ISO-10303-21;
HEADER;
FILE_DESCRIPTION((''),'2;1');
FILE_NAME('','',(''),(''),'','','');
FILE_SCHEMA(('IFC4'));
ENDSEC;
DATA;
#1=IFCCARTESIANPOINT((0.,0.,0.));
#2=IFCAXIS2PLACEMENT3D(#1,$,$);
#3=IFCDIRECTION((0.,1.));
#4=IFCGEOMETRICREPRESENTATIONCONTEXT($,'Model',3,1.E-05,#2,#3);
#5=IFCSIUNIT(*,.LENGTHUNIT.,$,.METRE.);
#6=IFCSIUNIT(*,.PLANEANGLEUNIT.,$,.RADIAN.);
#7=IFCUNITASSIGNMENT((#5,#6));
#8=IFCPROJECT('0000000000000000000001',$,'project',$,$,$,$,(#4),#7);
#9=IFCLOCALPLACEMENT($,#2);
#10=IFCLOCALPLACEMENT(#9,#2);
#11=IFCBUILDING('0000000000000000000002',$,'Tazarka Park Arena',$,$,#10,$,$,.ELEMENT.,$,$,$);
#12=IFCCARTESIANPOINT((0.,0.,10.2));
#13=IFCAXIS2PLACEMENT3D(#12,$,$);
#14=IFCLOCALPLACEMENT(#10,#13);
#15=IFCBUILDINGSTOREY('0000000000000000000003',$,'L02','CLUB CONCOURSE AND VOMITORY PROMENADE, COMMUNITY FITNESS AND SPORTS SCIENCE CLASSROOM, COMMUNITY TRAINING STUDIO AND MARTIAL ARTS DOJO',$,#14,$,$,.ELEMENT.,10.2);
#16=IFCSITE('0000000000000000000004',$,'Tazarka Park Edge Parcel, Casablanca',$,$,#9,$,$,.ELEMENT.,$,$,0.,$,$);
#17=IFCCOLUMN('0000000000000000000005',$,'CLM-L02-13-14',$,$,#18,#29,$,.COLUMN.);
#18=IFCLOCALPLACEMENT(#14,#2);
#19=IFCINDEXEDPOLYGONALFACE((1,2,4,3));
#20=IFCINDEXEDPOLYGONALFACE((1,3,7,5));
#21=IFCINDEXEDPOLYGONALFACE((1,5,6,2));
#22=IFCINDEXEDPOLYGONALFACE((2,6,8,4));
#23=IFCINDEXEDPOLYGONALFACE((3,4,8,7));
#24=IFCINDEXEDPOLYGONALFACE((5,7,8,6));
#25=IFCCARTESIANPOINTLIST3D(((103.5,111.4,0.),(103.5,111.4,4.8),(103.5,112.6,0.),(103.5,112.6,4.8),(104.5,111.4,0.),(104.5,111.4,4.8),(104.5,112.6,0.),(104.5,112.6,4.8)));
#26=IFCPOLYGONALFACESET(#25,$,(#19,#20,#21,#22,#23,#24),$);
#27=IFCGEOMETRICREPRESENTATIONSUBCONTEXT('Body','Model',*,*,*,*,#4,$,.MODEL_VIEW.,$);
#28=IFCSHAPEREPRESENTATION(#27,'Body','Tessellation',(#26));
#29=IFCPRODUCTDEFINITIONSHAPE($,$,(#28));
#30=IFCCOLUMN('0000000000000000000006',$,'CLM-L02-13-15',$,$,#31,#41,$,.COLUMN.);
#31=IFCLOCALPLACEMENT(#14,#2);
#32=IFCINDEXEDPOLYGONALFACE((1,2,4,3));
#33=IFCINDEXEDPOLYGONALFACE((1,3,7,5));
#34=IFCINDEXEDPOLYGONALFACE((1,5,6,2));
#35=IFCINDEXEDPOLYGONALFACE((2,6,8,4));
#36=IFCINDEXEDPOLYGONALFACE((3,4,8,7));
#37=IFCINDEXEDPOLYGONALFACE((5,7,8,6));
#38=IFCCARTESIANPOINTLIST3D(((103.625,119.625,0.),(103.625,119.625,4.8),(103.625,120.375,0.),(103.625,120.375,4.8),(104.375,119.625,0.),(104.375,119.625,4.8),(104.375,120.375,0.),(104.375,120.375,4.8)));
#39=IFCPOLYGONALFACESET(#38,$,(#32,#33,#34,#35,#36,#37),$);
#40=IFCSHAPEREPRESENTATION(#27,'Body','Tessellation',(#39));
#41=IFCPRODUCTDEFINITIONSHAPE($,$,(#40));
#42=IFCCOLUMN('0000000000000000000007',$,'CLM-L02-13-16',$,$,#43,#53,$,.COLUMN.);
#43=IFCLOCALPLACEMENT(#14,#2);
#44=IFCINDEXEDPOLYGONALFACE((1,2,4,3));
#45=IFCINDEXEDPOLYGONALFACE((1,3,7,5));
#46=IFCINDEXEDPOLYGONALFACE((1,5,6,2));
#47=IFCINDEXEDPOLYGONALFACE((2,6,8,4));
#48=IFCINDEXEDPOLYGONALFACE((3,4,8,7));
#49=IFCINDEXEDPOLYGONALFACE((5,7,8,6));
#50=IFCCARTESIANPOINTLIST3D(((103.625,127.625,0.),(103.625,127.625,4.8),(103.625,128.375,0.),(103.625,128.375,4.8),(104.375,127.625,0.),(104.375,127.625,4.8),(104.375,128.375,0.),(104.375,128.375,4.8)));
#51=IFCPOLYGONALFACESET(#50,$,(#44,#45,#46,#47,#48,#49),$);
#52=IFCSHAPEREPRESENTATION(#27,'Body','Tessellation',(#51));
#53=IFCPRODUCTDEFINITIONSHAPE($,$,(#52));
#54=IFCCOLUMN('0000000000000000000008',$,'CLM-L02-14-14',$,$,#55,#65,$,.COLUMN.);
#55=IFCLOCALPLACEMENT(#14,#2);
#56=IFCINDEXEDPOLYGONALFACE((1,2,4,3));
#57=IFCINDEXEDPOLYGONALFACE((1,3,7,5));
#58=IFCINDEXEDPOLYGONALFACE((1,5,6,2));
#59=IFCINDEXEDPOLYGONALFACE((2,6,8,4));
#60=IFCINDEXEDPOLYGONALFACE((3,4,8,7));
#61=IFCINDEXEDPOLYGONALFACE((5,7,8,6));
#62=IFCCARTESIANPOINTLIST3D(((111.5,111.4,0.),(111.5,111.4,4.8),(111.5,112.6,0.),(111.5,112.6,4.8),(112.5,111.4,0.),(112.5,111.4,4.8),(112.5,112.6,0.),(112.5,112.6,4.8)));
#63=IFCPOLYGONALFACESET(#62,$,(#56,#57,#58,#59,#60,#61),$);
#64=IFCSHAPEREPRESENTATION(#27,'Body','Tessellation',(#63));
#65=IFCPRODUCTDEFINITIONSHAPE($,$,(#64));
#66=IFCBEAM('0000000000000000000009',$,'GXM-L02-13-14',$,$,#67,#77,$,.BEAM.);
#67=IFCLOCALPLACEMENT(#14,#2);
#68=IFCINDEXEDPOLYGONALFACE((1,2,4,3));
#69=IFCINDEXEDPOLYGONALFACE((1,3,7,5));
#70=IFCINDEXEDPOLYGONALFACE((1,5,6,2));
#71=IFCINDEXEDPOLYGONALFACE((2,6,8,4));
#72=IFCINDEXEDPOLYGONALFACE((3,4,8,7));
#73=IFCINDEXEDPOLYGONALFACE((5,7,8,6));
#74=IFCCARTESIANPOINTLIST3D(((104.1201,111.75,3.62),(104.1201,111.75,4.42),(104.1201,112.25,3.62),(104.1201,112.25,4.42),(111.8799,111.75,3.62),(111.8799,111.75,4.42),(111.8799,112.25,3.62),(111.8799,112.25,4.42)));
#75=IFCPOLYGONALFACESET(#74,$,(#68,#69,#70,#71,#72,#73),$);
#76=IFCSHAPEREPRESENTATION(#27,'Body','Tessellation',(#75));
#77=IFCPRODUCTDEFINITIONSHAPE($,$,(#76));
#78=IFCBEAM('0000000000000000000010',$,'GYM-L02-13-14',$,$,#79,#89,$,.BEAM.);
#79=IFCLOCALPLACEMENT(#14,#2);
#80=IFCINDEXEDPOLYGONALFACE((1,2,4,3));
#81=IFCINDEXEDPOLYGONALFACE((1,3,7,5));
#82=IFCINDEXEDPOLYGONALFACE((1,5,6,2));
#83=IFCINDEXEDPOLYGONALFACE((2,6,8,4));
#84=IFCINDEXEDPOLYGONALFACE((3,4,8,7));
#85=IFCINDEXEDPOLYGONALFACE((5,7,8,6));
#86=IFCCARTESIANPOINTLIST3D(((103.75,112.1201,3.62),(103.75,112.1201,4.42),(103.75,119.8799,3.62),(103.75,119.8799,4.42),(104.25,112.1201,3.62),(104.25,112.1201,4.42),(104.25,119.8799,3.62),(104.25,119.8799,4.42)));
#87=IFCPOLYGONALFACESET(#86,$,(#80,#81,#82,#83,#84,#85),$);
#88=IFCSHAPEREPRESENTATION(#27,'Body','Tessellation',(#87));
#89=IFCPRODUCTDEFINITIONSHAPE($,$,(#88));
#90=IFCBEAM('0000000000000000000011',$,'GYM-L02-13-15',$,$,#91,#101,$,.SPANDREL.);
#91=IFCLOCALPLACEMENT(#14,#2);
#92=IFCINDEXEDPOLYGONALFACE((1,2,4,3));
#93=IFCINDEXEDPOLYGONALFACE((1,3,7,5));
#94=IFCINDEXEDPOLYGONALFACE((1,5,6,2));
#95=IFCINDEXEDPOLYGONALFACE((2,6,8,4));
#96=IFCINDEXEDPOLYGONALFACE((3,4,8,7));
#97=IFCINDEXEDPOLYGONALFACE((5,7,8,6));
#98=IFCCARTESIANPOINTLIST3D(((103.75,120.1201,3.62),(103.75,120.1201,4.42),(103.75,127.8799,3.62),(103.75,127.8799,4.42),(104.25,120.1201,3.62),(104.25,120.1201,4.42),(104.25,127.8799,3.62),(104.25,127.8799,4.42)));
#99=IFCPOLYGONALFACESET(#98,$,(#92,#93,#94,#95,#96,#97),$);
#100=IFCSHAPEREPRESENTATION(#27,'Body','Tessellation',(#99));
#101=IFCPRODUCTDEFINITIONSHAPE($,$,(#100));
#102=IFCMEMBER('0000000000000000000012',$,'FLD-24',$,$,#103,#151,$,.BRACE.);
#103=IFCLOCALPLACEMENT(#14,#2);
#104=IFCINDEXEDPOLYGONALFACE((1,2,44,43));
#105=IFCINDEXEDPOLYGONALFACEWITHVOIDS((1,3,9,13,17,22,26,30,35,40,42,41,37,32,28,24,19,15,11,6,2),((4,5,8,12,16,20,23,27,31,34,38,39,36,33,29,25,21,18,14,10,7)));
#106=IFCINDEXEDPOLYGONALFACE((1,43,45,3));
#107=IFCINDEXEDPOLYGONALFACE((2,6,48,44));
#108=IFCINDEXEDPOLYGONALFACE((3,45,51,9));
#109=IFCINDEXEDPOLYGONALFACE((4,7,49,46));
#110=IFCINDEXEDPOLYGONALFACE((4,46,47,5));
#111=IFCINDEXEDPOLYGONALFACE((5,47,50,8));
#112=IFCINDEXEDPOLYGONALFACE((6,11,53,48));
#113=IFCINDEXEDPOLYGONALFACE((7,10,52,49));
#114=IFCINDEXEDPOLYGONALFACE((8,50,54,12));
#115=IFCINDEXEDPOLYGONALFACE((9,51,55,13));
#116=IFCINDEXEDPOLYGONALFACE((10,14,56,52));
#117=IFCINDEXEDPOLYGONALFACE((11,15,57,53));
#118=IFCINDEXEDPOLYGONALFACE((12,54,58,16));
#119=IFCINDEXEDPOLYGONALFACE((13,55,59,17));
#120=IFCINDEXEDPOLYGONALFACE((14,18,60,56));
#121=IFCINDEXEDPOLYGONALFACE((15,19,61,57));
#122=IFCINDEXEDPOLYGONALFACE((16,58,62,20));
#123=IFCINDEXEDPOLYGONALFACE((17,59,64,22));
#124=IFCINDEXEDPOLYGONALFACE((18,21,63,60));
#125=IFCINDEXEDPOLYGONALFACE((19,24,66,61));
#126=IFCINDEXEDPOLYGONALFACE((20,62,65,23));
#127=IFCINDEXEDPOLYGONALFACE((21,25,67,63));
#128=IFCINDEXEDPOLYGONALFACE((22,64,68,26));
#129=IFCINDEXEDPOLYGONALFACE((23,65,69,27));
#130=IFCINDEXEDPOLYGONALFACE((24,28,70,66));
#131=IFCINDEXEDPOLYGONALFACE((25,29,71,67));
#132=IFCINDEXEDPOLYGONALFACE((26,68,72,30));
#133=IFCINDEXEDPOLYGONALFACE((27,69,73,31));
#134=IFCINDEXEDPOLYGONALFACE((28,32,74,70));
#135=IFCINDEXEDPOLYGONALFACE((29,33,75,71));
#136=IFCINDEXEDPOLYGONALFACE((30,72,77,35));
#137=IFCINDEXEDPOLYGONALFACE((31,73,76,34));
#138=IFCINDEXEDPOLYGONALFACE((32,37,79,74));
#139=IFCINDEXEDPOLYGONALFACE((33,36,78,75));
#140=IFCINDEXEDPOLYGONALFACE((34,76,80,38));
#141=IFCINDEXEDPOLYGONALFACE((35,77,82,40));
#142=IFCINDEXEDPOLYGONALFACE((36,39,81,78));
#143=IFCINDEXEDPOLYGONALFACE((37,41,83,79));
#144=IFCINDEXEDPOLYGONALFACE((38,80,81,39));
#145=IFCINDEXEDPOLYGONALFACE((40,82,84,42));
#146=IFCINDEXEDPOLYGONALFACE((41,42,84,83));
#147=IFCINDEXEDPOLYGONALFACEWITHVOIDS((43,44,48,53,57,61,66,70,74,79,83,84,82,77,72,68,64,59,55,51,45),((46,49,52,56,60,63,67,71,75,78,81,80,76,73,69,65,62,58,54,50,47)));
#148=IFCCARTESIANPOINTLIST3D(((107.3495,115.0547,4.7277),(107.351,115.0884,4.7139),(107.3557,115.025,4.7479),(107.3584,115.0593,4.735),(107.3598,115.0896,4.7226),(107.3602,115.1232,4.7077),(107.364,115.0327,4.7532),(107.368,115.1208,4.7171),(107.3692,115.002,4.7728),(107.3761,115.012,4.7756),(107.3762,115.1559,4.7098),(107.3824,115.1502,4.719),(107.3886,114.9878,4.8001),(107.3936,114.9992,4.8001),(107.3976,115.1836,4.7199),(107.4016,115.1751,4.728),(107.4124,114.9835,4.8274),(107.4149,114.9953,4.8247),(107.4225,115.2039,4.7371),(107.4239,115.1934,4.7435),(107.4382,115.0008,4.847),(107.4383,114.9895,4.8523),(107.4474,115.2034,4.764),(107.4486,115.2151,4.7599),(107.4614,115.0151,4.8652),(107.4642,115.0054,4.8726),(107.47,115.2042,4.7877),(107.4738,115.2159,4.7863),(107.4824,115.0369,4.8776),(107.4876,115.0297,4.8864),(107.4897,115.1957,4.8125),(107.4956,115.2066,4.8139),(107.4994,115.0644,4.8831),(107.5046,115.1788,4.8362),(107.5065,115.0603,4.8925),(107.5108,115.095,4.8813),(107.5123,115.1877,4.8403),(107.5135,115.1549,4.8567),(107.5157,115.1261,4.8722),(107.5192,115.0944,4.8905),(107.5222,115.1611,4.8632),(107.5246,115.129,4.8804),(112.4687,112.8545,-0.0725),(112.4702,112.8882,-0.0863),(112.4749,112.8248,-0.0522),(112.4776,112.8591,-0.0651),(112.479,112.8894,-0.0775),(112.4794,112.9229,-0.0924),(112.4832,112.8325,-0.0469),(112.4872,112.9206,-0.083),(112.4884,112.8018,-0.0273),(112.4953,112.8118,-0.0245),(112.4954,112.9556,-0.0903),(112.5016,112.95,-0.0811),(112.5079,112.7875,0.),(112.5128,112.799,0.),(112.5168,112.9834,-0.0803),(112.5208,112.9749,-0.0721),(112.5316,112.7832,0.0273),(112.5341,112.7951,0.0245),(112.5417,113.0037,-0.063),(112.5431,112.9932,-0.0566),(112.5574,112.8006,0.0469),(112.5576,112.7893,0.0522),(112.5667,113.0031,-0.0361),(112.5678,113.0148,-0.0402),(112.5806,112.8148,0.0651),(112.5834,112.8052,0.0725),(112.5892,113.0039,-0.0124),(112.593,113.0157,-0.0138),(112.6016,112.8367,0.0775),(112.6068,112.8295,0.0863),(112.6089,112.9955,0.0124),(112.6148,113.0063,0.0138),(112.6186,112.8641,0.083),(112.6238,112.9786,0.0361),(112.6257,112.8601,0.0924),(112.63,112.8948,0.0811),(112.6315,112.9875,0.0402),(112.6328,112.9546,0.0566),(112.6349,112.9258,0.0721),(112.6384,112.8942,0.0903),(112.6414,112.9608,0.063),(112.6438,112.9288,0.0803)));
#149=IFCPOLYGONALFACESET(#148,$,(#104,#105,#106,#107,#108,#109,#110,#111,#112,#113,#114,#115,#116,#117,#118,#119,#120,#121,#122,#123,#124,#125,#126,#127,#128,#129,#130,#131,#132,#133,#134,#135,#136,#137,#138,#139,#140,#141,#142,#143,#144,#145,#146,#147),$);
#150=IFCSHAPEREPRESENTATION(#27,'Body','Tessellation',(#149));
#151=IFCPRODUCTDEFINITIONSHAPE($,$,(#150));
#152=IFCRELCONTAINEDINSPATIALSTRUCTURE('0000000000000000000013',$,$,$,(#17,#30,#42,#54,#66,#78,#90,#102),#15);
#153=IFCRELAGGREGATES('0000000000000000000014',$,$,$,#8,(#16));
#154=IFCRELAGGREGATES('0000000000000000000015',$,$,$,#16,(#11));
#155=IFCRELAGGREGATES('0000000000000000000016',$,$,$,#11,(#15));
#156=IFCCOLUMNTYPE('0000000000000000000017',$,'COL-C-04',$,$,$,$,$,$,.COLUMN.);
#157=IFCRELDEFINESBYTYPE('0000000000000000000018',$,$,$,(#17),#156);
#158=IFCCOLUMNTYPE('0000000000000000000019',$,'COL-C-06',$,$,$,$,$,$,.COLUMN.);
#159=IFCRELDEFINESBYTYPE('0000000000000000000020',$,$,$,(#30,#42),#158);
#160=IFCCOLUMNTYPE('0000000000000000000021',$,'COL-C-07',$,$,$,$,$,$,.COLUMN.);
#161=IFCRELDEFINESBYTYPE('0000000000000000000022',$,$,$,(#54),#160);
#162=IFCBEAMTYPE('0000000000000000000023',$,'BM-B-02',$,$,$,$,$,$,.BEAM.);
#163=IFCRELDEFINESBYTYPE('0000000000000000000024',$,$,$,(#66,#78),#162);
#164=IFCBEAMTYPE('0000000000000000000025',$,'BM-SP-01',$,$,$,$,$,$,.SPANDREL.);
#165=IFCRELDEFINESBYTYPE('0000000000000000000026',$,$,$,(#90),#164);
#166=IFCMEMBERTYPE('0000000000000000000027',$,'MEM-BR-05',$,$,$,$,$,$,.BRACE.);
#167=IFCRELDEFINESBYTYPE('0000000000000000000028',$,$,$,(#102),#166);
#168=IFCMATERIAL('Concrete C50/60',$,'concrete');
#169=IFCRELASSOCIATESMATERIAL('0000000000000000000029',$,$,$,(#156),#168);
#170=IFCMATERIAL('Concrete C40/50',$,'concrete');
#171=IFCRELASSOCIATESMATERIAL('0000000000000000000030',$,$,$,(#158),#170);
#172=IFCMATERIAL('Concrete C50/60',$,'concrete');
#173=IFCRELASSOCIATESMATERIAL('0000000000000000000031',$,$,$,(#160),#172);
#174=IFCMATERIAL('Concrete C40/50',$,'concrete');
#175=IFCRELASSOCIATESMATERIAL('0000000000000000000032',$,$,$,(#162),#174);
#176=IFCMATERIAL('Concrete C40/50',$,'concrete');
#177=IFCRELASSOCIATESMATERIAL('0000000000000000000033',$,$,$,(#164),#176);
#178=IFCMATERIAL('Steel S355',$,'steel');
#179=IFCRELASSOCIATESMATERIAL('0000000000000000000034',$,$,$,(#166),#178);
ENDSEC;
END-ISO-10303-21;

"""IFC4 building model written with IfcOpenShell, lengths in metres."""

from ifc_helpers import new_model, si_unit, direction, frame, origin, origin_2d, place, context, subcontext, project, spatial, rectangle, hollow_circle, extrude, material, material_profile, profile_set, type_object, element, save


model = new_model("IFC4")

# Units and contexts
model_context = context("Model", 3, precision=1e-05, world=origin(), true_north=direction((0.0, 1.0)))
body_context = subcontext(model_context, "Body", "Model", "MODEL_VIEW")
ifc_project = project(units=[si_unit("LENGTHUNIT", "METRE"), si_unit("PLANEANGLEUNIT", "RADIAN")], contexts=[model_context])

# Site, building, storey
site_placement = place(None, origin())
site = spatial("IfcSite", under=ifc_project, at=site_placement, Name="Tazarka Park Edge Parcel, Casablanca", CompositionType="ELEMENT", RefElevation=0.0)
building_placement = place(site_placement, origin())
building = spatial("IfcBuilding", under=site, at=building_placement, Name="Tazarka Park Arena", CompositionType="ELEMENT")
storey_placement = place(building_placement, frame((0.0, 0.0, 10.2)))
storey = spatial("IfcBuildingStorey", under=building, at=storey_placement, Name="L02", Description="CLUB CONCOURSE AND VOMITORY PROMENADE, COMMUNITY FITNESS AND SPORTS SCIENCE CLASSROOM, COMMUNITY TRAINING STUDIO AND MARTIAL ARTS DOJO", CompositionType="ELEMENT", Elevation=10.2)

# Columns
ifc_material_1 = material(Name="Concrete C50/60", Category="concrete")
ifc_material_profile_1 = material_profile(ifc_material_1, rectangle(XDim=1.0, YDim=1.2, at=origin_2d()), Name="Concrete C50/60")
ifc_profile_set_1 = profile_set([ifc_material_profile_1], Name="Concrete C50/60")
column_type_1 = type_object("IfcColumnType", Name="COL-C-04", PredefinedType="COLUMN", material=ifc_profile_set_1)
column_1_placement = place(storey_placement, frame((104.0, 112.0, 0.0), z_axis=(0.0, 0.0, 1.0), x_axis=(1.0, 0.0, 0.0)))
element("IfcColumn", 1, at=column_1_placement, inside=storey, type_object=column_type_1, Name="CLM-L02-13-14", PredefinedType="COLUMN", context=body_context, shape_type="SweptSolid", body=[
    extrude(rectangle(XDim=1.0, YDim=1.2, at=origin_2d()), origin(), (0.0, 0.0, 1.0), 4.8),
])
ifc_material_2 = material(Name="Concrete C40/50", Category="concrete")
ifc_material_profile_2 = material_profile(ifc_material_2, rectangle(XDim=0.75, YDim=0.75, at=origin_2d()), Name="Concrete C40/50")
ifc_profile_set_2 = profile_set([ifc_material_profile_2], Name="Concrete C40/50")
column_type_2 = type_object("IfcColumnType", Name="COL-C-06", PredefinedType="COLUMN", material=ifc_profile_set_2)
for number, where, z_axis, x_axis, name in (
    (2, (104.0, 120.0, 0.0), (0.0, 0.0, 1.0), (1.0, 0.0, 0.0), "CLM-L02-13-15"),
    (3, (104.0, 128.0, 0.0), (0.0, 0.0, 1.0), (1.0, 0.0, 0.0), "CLM-L02-13-16"),
):
    element("IfcColumn", number, at=place(storey_placement, frame(where, z_axis=z_axis, x_axis=x_axis)), inside=storey, type_object=column_type_2, Name=name, PredefinedType="COLUMN", context=body_context, shape_type="SweptSolid", body=[
        extrude(rectangle(XDim=0.75, YDim=0.75, at=origin_2d()), origin(), (0.0, 0.0, 1.0), 4.8),
    ])
ifc_material_3 = material(Name="Concrete C50/60", Category="concrete")
ifc_material_profile_3 = material_profile(ifc_material_3, rectangle(XDim=1.0, YDim=1.2, at=origin_2d()), Name="Concrete C50/60")
ifc_profile_set_3 = profile_set([ifc_material_profile_3], Name="Concrete C50/60")
column_type_3 = type_object("IfcColumnType", Name="COL-C-07", PredefinedType="COLUMN", material=ifc_profile_set_3)
column_2_placement = place(storey_placement, frame((112.0, 112.0, 0.0), z_axis=(0.0, 0.0, 1.0), x_axis=(1.0, 0.0, 0.0)))
element("IfcColumn", 4, at=column_2_placement, inside=storey, type_object=column_type_3, Name="CLM-L02-14-14", PredefinedType="COLUMN", context=body_context, shape_type="SweptSolid", body=[
    extrude(rectangle(XDim=1.0, YDim=1.2, at=origin_2d()), origin(), (0.0, 0.0, 1.0), 4.8),
])

# Beams
ifc_material_4 = material(Name="Concrete C40/50", Category="concrete")
ifc_material_profile_4 = material_profile(ifc_material_4, rectangle(XDim=0.5, YDim=0.8, at=origin_2d()), Name="Concrete C40/50")
ifc_profile_set_4 = profile_set([ifc_material_profile_4], Name="Concrete C40/50")
beam_type_1 = type_object("IfcBeamType", Name="BM-B-02", PredefinedType="BEAM", material=ifc_profile_set_4)
for number, where, z_axis, x_axis, name in (
    (5, (104.1201, 112.0, 4.02), (1.0, 0.0, 0.0), (0.0, 1.0, 0.0), "GXM-L02-13-14"),
    (6, (104.0, 112.1201, 4.02), (0.0, 1.0, 0.0), (-1.0, 0.0, 0.0), "GYM-L02-13-14"),
):
    element("IfcBeam", number, at=place(storey_placement, frame(where, z_axis=z_axis, x_axis=x_axis)), inside=storey, type_object=beam_type_1, Name=name, PredefinedType="BEAM", context=body_context, shape_type="SweptSolid", body=[
        extrude(rectangle(XDim=0.5, YDim=0.8, at=origin_2d()), origin(), (0.0, 0.0, 1.0), 7.7598),
    ])
ifc_material_5 = material(Name="Concrete C40/50", Category="concrete")
ifc_material_profile_5 = material_profile(ifc_material_5, rectangle(XDim=0.5, YDim=0.8, at=origin_2d()), Name="Concrete C40/50")
ifc_profile_set_5 = profile_set([ifc_material_profile_5], Name="Concrete C40/50")
beam_type_2 = type_object("IfcBeamType", Name="BM-SP-01", PredefinedType="SPANDREL", material=ifc_profile_set_5)
beam_placement = place(storey_placement, frame((104.0, 120.1201, 4.02), z_axis=(0.0, 1.0, 0.0), x_axis=(-1.0, 0.0, 0.0)))
element("IfcBeam", 7, at=beam_placement, inside=storey, type_object=beam_type_2, Name="GYM-L02-13-15", PredefinedType="SPANDREL", context=body_context, shape_type="SweptSolid", body=[
    extrude(rectangle(XDim=0.5, YDim=0.8, at=origin_2d()), origin(), (0.0, 0.0, 1.0), 7.7598),
])

# Member
ifc_material_6 = material(Name="Steel S355", Category="steel")
ifc_material_profile_6 = material_profile(ifc_material_6, hollow_circle(Radius=0.1223, WallThickness=0.0125, at=origin_2d()), Name="Steel S355")
ifc_profile_set_6 = profile_set([ifc_material_profile_6], Name="Steel S355")
member_type_1 = type_object("IfcMemberType", Name="MEM-BR-05", PredefinedType="BRACE", material=ifc_profile_set_6)
member_1_placement = place(storey_placement, frame((112.5562, 112.8999, 0.0), z_axis=(-0.696067, 0.299168, 0.652679), x_axis=(-0.394871, -0.918737, 0.0)))
element("IfcMember", 8, at=member_1_placement, inside=storey, type_object=member_type_1, Name="FLD-24", PredefinedType="BRACE", context=body_context, shape_type="SweptSolid", body=[
    extrude(hollow_circle(Radius=0.1223, WallThickness=0.0125, at=origin_2d()), origin(), (0.0, 0.0, 1.0), 7.3545),
])

save(model, "model.ifc")
